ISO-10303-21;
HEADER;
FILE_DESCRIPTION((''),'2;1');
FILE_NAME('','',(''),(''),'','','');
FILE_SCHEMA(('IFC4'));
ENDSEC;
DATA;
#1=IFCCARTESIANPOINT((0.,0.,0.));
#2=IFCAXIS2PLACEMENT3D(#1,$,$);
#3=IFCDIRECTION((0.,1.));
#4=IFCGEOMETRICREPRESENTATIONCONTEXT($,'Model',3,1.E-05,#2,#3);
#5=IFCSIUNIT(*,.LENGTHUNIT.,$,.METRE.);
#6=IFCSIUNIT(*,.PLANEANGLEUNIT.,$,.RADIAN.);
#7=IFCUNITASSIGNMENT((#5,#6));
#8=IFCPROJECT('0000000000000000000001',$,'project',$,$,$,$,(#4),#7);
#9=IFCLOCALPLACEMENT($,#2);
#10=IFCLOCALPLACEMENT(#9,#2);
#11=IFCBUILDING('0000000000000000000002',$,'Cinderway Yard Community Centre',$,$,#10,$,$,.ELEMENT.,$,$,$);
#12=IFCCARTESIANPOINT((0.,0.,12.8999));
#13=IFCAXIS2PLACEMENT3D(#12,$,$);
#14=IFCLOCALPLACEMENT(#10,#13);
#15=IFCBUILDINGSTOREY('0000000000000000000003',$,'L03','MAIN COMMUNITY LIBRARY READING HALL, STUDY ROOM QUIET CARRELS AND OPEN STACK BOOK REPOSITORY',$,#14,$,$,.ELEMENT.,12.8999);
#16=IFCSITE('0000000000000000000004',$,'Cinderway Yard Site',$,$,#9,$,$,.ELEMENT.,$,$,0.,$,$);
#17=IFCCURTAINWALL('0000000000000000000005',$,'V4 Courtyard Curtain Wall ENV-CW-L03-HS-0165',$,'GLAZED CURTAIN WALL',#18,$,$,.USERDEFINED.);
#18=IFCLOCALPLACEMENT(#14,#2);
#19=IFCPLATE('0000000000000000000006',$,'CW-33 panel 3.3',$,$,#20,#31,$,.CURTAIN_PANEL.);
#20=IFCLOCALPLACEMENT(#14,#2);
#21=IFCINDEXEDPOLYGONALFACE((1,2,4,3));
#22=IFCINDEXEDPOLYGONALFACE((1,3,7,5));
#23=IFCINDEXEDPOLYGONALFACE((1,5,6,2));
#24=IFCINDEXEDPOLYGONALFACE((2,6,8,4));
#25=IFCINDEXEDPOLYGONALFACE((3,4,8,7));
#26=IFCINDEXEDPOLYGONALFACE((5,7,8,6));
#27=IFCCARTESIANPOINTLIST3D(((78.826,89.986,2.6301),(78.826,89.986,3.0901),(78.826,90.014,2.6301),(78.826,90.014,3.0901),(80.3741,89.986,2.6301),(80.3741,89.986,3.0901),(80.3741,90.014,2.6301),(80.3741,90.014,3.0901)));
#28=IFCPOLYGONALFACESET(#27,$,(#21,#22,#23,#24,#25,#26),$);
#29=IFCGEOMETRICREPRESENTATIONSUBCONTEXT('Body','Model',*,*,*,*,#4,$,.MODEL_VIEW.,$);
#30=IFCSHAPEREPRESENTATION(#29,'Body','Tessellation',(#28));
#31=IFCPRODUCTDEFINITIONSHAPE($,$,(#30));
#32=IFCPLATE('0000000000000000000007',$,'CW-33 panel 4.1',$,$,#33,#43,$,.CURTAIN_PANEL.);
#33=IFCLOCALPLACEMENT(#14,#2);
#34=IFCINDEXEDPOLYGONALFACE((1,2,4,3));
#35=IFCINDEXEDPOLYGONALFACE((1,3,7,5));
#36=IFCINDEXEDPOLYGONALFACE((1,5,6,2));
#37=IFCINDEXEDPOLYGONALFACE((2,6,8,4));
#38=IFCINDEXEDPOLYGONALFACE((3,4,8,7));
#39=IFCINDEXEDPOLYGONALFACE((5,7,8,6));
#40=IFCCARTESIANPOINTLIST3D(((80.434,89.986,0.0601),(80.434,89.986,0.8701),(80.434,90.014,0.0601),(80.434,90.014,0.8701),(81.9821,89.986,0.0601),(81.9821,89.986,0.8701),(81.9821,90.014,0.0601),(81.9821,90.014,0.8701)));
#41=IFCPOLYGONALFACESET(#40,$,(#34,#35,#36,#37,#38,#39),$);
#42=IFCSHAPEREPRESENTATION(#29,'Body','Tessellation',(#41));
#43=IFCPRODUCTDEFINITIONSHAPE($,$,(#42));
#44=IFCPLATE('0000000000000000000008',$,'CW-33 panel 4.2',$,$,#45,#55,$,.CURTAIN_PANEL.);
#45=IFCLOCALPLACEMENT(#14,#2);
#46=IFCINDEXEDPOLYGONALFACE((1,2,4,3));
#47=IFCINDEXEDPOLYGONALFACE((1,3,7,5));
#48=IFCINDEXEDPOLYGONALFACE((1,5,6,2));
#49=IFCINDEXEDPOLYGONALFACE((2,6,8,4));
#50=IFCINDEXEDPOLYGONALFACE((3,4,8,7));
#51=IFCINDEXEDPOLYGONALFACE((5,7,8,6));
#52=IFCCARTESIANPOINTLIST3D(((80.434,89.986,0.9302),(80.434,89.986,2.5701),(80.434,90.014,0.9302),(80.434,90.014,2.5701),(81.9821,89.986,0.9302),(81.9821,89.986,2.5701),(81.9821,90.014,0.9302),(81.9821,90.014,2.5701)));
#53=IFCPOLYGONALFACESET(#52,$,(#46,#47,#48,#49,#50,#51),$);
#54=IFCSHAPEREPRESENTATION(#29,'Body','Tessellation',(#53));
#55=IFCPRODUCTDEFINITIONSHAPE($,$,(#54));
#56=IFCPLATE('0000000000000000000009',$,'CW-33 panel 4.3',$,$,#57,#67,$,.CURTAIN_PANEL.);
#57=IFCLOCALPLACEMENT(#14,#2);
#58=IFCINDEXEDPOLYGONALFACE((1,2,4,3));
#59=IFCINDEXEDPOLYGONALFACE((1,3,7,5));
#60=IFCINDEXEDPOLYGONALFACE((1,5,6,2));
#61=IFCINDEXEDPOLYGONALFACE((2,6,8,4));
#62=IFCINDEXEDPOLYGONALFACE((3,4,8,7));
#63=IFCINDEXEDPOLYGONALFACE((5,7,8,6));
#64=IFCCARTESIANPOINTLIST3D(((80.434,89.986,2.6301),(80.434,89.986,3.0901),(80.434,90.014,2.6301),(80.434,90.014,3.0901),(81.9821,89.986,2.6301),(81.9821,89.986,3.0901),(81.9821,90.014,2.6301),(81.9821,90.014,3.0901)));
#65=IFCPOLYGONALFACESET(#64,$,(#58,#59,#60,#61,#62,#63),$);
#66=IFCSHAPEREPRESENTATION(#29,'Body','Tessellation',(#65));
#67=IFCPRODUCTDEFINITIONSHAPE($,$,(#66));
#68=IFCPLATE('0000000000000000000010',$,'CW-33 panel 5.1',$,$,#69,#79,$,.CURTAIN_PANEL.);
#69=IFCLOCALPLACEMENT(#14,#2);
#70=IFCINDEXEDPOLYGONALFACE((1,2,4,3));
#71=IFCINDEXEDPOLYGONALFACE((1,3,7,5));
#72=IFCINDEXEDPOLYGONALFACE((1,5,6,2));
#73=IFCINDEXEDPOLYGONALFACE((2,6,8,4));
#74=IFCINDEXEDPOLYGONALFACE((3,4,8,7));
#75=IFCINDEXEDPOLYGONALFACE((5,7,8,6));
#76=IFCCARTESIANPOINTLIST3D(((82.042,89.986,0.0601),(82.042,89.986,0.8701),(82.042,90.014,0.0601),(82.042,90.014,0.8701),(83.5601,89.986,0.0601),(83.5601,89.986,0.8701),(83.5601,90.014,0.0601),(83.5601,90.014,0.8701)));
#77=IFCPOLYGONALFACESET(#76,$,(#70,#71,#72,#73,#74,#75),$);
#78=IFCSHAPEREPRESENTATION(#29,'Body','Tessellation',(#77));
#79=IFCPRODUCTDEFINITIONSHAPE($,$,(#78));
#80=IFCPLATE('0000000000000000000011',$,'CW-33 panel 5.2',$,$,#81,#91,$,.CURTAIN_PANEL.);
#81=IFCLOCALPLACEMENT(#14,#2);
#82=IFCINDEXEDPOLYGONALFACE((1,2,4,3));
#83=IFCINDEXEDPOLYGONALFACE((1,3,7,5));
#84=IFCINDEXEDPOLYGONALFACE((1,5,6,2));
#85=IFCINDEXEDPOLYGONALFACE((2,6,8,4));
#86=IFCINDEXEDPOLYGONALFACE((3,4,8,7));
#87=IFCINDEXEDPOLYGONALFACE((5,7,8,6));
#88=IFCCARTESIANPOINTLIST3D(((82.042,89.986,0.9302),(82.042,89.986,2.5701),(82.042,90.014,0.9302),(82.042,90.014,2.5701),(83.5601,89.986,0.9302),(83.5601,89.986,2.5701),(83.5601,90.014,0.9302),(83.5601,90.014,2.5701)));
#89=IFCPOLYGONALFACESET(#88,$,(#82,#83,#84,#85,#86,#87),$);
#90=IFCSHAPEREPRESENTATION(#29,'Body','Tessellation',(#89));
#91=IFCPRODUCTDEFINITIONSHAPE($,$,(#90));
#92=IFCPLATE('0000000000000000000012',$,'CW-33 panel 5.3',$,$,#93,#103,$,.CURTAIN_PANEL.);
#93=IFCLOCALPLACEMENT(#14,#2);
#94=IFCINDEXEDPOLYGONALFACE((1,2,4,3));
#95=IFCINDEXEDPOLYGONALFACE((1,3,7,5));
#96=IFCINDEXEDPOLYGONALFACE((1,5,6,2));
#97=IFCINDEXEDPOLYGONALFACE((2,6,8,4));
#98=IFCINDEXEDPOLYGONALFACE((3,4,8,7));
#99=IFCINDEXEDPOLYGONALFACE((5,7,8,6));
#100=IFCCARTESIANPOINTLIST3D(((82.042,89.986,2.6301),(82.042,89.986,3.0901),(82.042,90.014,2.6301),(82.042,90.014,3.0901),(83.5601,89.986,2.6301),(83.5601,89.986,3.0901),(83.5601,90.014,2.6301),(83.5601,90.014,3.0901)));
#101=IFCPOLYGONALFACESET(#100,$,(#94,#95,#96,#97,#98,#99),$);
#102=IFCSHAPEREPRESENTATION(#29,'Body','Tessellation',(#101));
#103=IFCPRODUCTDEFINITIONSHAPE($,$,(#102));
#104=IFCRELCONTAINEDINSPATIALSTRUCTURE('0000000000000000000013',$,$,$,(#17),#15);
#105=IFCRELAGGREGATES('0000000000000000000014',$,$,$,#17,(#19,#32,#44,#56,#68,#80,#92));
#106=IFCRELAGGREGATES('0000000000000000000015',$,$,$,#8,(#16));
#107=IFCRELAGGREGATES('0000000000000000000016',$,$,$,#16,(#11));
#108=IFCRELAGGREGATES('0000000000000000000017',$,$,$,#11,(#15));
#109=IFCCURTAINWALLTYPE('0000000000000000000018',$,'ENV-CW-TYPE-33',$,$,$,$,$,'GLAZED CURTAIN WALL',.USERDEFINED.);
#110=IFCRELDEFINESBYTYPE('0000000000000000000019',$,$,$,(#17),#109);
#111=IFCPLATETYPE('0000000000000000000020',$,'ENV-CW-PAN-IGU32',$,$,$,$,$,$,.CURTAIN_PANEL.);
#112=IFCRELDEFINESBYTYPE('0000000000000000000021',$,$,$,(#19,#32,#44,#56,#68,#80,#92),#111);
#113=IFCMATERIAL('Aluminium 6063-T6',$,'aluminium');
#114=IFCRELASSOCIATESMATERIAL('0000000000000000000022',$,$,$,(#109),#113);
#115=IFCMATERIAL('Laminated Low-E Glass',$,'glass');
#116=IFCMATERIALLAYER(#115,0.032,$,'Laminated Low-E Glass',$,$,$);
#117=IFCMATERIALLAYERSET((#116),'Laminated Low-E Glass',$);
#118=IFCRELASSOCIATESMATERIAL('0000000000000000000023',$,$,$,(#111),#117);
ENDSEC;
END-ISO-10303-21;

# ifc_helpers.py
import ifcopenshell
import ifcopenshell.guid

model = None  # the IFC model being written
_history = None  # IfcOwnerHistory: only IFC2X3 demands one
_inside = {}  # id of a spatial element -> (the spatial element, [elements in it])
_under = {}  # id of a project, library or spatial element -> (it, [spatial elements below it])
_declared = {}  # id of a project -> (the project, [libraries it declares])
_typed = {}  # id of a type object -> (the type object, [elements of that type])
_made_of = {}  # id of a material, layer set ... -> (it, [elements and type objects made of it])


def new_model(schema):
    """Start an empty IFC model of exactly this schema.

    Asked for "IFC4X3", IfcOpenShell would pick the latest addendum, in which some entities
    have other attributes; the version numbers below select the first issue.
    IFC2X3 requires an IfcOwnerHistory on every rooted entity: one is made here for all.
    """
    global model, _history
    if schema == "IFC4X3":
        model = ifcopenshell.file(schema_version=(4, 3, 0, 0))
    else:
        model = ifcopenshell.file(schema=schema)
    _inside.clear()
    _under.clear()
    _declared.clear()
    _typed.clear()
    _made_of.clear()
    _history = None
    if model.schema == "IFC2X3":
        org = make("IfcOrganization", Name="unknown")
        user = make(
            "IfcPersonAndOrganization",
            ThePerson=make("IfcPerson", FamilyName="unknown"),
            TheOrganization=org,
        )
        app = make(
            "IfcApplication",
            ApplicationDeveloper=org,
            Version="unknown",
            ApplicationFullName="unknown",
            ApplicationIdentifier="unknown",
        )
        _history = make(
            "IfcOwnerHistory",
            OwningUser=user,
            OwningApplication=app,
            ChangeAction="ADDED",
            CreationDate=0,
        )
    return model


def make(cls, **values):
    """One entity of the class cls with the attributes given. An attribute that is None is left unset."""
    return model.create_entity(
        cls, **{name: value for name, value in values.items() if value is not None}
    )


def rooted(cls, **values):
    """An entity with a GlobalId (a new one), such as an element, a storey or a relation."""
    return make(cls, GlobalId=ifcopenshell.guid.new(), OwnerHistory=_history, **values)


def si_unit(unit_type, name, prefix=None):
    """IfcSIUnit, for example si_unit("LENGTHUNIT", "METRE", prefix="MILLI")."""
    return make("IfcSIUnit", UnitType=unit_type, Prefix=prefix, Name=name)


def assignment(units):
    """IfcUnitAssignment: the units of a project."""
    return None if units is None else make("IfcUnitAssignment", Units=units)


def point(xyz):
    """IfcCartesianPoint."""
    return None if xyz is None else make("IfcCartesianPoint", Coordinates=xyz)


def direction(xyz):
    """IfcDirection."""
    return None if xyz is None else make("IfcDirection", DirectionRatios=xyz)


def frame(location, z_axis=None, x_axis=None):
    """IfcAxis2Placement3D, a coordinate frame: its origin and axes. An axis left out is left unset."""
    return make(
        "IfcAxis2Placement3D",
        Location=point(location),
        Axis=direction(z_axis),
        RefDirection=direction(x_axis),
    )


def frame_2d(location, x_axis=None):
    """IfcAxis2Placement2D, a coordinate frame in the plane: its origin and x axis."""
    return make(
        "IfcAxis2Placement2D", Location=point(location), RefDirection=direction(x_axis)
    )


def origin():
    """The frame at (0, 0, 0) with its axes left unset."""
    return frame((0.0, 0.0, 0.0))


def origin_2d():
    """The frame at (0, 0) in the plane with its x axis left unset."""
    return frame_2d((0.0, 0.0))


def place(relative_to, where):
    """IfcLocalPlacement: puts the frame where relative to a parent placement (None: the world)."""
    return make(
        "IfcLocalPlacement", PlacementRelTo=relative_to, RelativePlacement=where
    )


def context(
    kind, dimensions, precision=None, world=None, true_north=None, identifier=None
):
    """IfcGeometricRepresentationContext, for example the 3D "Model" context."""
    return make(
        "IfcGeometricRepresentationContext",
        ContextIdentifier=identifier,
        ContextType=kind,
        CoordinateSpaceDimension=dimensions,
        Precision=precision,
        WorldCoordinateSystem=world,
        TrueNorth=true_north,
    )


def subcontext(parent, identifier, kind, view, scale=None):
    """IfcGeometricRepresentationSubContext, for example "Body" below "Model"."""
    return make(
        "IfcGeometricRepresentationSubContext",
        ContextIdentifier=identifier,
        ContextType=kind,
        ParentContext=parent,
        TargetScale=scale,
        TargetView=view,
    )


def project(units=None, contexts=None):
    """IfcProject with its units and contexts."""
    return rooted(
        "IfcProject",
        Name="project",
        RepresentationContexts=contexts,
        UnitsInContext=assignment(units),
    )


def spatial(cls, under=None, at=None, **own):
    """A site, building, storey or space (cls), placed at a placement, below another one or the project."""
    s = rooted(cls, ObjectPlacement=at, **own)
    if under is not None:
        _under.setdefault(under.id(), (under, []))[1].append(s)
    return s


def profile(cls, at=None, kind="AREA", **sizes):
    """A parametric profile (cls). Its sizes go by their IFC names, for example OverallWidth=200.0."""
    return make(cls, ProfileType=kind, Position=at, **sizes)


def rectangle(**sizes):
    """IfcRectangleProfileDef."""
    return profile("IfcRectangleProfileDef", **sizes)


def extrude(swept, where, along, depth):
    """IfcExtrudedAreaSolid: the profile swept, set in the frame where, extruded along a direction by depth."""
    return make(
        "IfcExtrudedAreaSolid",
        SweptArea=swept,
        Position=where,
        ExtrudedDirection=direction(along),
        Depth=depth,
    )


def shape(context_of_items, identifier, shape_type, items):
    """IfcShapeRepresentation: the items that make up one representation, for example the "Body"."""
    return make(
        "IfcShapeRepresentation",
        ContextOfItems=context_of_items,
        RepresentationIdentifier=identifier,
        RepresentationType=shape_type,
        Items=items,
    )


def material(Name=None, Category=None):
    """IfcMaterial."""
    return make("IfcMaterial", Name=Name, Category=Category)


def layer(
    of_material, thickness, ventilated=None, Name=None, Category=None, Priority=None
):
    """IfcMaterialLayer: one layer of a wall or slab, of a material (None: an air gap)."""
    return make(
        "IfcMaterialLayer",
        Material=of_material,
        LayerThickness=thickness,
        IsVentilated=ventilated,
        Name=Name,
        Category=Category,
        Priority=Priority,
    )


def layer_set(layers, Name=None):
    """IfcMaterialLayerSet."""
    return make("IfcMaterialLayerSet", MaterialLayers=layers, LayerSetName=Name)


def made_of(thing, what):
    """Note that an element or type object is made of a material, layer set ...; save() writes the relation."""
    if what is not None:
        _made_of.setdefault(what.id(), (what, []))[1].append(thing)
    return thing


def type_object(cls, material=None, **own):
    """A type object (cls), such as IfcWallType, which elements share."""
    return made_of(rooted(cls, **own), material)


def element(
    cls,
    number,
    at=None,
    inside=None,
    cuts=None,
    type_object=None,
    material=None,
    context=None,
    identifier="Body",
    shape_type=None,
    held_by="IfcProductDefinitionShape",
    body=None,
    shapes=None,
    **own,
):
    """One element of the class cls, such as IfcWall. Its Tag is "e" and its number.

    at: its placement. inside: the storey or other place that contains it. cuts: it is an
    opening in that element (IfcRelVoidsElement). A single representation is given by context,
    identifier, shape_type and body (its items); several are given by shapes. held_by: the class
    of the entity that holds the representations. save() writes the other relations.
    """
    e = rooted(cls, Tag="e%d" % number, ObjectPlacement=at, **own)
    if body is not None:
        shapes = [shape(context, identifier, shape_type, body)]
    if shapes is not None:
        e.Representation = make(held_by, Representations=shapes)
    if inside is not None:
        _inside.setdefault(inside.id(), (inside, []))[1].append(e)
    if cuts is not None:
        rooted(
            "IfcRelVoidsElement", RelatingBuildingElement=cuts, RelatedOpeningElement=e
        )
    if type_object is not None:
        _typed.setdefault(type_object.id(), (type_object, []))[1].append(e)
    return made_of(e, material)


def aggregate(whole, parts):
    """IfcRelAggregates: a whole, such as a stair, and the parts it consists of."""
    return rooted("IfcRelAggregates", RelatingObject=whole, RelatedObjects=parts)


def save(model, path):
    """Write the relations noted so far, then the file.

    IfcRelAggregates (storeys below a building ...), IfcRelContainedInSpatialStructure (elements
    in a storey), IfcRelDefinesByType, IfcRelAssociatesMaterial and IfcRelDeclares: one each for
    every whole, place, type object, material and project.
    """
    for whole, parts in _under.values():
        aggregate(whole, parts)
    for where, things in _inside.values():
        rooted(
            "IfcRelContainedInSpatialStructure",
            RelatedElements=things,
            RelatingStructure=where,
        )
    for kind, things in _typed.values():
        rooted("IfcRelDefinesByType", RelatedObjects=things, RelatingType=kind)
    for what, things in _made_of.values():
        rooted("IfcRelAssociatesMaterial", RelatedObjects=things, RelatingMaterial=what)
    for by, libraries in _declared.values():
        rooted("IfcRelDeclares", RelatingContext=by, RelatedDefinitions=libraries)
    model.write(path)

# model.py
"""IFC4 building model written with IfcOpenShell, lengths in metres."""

from ifc_helpers import new_model, si_unit, direction, frame, origin, origin_2d, place, context, subcontext, project, spatial, rectangle, extrude, material, layer, layer_set, type_object, element, aggregate, save


model = new_model("IFC4")

# Units and contexts
model_context = context("Model", 3, precision=1e-05, world=origin(), true_north=direction((0.0, 1.0)))
body_context = subcontext(model_context, "Body", "Model", "MODEL_VIEW")
ifc_project = project(units=[si_unit("LENGTHUNIT", "METRE"), si_unit("PLANEANGLEUNIT", "RADIAN")], contexts=[model_context])

# Site, building, storey
site_placement = place(None, origin())
site = spatial("IfcSite", under=ifc_project, at=site_placement, Name="Cinderway Yard Site", CompositionType="ELEMENT", RefElevation=0.0)
building_placement = place(site_placement, origin())
building = spatial("IfcBuilding", under=site, at=building_placement, Name="Cinderway Yard Community Centre", CompositionType="ELEMENT")
storey_placement = place(building_placement, frame((0.0, 0.0, 12.8999)))
storey = spatial("IfcBuildingStorey", under=building, at=storey_placement, Name="L03", Description="MAIN COMMUNITY LIBRARY READING HALL, STUDY ROOM QUIET CARRELS AND OPEN STACK BOOK REPOSITORY", CompositionType="ELEMENT", Elevation=12.8999)

# Curtain wall, plates
ifc_material_1 = material(Name="Aluminium 6063-T6", Category="aluminium")
curtain_wall_type = type_object("IfcCurtainWallType", Name="ENV-CW-TYPE-33", ElementType="GLAZED CURTAIN WALL", PredefinedType="USERDEFINED", material=ifc_material_1)
curtain_wall_placement = place(storey_placement, origin())
curtain_wall = element("IfcCurtainWall", 1, at=curtain_wall_placement, inside=storey, type_object=curtain_wall_type, Name="V4 Courtyard Curtain Wall ENV-CW-L03-HS-0165", ObjectType="GLAZED CURTAIN WALL", PredefinedType="USERDEFINED")
ifc_material_2 = material(Name="Laminated Low-E Glass", Category="glass")
ifc_layer = layer(ifc_material_2, 0.032, Name="Laminated Low-E Glass")
ifc_layer_set = layer_set([ifc_layer], Name="Laminated Low-E Glass")
plate_type = type_object("IfcPlateType", Name="ENV-CW-PAN-IGU32", PredefinedType="CURTAIN_PANEL", material=ifc_layer_set)
plate_1_placement = place(storey_placement, frame((79.6001, 90.0, 2.6301), z_axis=(0.0, 0.0, 1.0), x_axis=(1.0, 0.0, 0.0)))
plate_1 = element("IfcPlate", 2, at=plate_1_placement, type_object=plate_type, Name="CW-33 panel 3.3", PredefinedType="CURTAIN_PANEL", context=body_context, shape_type="SweptSolid", body=[
    extrude(rectangle(XDim=1.5481, YDim=0.0281, at=origin_2d()), origin(), (0.0, 0.0, 1.0), 0.46),
])
plate_2_placement = place(storey_placement, frame((81.208, 90.0, 0.0601), z_axis=(0.0, 0.0, 1.0), x_axis=(1.0, 0.0, 0.0)))
plate_2 = element("IfcPlate", 3, at=plate_2_placement, type_object=plate_type, Name="CW-33 panel 4.1", PredefinedType="CURTAIN_PANEL", context=body_context, shape_type="SweptSolid", body=[
    extrude(rectangle(XDim=1.5481, YDim=0.0281, at=origin_2d()), origin(), (0.0, 0.0, 1.0), 0.8101),
])
plate_3_placement = place(storey_placement, frame((81.208, 90.0, 0.9302), z_axis=(0.0, 0.0, 1.0), x_axis=(1.0, 0.0, 0.0)))
plate_3 = element("IfcPlate", 4, at=plate_3_placement, type_object=plate_type, Name="CW-33 panel 4.2", PredefinedType="CURTAIN_PANEL", context=body_context, shape_type="SweptSolid", body=[
    extrude(rectangle(XDim=1.5481, YDim=0.0281, at=origin_2d()), origin(), (0.0, 0.0, 1.0), 1.6399),
])
plate_4_placement = place(storey_placement, frame((81.208, 90.0, 2.6301), z_axis=(0.0, 0.0, 1.0), x_axis=(1.0, 0.0, 0.0)))
plate_4 = element("IfcPlate", 5, at=plate_4_placement, type_object=plate_type, Name="CW-33 panel 4.3", PredefinedType="CURTAIN_PANEL", context=body_context, shape_type="SweptSolid", body=[
    extrude(rectangle(XDim=1.5481, YDim=0.0281, at=origin_2d()), origin(), (0.0, 0.0, 1.0), 0.46),
])
plate_5_placement = place(storey_placement, frame((82.801, 90.0, 0.0601), z_axis=(0.0, 0.0, 1.0), x_axis=(1.0, 0.0, 0.0)))
plate_5 = element("IfcPlate", 6, at=plate_5_placement, type_object=plate_type, Name="CW-33 panel 5.1", PredefinedType="CURTAIN_PANEL", context=body_context, shape_type="SweptSolid", body=[
    extrude(rectangle(XDim=1.5181, YDim=0.0281, at=origin_2d()), origin(), (0.0, 0.0, 1.0), 0.8101),
])
plate_6_placement = place(storey_placement, frame((82.801, 90.0, 0.9302), z_axis=(0.0, 0.0, 1.0), x_axis=(1.0, 0.0, 0.0)))
plate_6 = element("IfcPlate", 7, at=plate_6_placement, type_object=plate_type, Name="CW-33 panel 5.2", PredefinedType="CURTAIN_PANEL", context=body_context, shape_type="SweptSolid", body=[
    extrude(rectangle(XDim=1.5181, YDim=0.0281, at=origin_2d()), origin(), (0.0, 0.0, 1.0), 1.6399),
])
plate_7_placement = place(storey_placement, frame((82.801, 90.0, 2.6301), z_axis=(0.0, 0.0, 1.0), x_axis=(1.0, 0.0, 0.0)))
plate_7 = element("IfcPlate", 8, at=plate_7_placement, type_object=plate_type, Name="CW-33 panel 5.3", PredefinedType="CURTAIN_PANEL", context=body_context, shape_type="SweptSolid", body=[
    extrude(rectangle(XDim=1.5181, YDim=0.0281, at=origin_2d()), origin(), (0.0, 0.0, 1.0), 0.46),
])
aggregate(curtain_wall, [plate_1, plate_2, plate_3, plate_4, plate_5, plate_6, plate_7])

save(model, "model.ifc")
